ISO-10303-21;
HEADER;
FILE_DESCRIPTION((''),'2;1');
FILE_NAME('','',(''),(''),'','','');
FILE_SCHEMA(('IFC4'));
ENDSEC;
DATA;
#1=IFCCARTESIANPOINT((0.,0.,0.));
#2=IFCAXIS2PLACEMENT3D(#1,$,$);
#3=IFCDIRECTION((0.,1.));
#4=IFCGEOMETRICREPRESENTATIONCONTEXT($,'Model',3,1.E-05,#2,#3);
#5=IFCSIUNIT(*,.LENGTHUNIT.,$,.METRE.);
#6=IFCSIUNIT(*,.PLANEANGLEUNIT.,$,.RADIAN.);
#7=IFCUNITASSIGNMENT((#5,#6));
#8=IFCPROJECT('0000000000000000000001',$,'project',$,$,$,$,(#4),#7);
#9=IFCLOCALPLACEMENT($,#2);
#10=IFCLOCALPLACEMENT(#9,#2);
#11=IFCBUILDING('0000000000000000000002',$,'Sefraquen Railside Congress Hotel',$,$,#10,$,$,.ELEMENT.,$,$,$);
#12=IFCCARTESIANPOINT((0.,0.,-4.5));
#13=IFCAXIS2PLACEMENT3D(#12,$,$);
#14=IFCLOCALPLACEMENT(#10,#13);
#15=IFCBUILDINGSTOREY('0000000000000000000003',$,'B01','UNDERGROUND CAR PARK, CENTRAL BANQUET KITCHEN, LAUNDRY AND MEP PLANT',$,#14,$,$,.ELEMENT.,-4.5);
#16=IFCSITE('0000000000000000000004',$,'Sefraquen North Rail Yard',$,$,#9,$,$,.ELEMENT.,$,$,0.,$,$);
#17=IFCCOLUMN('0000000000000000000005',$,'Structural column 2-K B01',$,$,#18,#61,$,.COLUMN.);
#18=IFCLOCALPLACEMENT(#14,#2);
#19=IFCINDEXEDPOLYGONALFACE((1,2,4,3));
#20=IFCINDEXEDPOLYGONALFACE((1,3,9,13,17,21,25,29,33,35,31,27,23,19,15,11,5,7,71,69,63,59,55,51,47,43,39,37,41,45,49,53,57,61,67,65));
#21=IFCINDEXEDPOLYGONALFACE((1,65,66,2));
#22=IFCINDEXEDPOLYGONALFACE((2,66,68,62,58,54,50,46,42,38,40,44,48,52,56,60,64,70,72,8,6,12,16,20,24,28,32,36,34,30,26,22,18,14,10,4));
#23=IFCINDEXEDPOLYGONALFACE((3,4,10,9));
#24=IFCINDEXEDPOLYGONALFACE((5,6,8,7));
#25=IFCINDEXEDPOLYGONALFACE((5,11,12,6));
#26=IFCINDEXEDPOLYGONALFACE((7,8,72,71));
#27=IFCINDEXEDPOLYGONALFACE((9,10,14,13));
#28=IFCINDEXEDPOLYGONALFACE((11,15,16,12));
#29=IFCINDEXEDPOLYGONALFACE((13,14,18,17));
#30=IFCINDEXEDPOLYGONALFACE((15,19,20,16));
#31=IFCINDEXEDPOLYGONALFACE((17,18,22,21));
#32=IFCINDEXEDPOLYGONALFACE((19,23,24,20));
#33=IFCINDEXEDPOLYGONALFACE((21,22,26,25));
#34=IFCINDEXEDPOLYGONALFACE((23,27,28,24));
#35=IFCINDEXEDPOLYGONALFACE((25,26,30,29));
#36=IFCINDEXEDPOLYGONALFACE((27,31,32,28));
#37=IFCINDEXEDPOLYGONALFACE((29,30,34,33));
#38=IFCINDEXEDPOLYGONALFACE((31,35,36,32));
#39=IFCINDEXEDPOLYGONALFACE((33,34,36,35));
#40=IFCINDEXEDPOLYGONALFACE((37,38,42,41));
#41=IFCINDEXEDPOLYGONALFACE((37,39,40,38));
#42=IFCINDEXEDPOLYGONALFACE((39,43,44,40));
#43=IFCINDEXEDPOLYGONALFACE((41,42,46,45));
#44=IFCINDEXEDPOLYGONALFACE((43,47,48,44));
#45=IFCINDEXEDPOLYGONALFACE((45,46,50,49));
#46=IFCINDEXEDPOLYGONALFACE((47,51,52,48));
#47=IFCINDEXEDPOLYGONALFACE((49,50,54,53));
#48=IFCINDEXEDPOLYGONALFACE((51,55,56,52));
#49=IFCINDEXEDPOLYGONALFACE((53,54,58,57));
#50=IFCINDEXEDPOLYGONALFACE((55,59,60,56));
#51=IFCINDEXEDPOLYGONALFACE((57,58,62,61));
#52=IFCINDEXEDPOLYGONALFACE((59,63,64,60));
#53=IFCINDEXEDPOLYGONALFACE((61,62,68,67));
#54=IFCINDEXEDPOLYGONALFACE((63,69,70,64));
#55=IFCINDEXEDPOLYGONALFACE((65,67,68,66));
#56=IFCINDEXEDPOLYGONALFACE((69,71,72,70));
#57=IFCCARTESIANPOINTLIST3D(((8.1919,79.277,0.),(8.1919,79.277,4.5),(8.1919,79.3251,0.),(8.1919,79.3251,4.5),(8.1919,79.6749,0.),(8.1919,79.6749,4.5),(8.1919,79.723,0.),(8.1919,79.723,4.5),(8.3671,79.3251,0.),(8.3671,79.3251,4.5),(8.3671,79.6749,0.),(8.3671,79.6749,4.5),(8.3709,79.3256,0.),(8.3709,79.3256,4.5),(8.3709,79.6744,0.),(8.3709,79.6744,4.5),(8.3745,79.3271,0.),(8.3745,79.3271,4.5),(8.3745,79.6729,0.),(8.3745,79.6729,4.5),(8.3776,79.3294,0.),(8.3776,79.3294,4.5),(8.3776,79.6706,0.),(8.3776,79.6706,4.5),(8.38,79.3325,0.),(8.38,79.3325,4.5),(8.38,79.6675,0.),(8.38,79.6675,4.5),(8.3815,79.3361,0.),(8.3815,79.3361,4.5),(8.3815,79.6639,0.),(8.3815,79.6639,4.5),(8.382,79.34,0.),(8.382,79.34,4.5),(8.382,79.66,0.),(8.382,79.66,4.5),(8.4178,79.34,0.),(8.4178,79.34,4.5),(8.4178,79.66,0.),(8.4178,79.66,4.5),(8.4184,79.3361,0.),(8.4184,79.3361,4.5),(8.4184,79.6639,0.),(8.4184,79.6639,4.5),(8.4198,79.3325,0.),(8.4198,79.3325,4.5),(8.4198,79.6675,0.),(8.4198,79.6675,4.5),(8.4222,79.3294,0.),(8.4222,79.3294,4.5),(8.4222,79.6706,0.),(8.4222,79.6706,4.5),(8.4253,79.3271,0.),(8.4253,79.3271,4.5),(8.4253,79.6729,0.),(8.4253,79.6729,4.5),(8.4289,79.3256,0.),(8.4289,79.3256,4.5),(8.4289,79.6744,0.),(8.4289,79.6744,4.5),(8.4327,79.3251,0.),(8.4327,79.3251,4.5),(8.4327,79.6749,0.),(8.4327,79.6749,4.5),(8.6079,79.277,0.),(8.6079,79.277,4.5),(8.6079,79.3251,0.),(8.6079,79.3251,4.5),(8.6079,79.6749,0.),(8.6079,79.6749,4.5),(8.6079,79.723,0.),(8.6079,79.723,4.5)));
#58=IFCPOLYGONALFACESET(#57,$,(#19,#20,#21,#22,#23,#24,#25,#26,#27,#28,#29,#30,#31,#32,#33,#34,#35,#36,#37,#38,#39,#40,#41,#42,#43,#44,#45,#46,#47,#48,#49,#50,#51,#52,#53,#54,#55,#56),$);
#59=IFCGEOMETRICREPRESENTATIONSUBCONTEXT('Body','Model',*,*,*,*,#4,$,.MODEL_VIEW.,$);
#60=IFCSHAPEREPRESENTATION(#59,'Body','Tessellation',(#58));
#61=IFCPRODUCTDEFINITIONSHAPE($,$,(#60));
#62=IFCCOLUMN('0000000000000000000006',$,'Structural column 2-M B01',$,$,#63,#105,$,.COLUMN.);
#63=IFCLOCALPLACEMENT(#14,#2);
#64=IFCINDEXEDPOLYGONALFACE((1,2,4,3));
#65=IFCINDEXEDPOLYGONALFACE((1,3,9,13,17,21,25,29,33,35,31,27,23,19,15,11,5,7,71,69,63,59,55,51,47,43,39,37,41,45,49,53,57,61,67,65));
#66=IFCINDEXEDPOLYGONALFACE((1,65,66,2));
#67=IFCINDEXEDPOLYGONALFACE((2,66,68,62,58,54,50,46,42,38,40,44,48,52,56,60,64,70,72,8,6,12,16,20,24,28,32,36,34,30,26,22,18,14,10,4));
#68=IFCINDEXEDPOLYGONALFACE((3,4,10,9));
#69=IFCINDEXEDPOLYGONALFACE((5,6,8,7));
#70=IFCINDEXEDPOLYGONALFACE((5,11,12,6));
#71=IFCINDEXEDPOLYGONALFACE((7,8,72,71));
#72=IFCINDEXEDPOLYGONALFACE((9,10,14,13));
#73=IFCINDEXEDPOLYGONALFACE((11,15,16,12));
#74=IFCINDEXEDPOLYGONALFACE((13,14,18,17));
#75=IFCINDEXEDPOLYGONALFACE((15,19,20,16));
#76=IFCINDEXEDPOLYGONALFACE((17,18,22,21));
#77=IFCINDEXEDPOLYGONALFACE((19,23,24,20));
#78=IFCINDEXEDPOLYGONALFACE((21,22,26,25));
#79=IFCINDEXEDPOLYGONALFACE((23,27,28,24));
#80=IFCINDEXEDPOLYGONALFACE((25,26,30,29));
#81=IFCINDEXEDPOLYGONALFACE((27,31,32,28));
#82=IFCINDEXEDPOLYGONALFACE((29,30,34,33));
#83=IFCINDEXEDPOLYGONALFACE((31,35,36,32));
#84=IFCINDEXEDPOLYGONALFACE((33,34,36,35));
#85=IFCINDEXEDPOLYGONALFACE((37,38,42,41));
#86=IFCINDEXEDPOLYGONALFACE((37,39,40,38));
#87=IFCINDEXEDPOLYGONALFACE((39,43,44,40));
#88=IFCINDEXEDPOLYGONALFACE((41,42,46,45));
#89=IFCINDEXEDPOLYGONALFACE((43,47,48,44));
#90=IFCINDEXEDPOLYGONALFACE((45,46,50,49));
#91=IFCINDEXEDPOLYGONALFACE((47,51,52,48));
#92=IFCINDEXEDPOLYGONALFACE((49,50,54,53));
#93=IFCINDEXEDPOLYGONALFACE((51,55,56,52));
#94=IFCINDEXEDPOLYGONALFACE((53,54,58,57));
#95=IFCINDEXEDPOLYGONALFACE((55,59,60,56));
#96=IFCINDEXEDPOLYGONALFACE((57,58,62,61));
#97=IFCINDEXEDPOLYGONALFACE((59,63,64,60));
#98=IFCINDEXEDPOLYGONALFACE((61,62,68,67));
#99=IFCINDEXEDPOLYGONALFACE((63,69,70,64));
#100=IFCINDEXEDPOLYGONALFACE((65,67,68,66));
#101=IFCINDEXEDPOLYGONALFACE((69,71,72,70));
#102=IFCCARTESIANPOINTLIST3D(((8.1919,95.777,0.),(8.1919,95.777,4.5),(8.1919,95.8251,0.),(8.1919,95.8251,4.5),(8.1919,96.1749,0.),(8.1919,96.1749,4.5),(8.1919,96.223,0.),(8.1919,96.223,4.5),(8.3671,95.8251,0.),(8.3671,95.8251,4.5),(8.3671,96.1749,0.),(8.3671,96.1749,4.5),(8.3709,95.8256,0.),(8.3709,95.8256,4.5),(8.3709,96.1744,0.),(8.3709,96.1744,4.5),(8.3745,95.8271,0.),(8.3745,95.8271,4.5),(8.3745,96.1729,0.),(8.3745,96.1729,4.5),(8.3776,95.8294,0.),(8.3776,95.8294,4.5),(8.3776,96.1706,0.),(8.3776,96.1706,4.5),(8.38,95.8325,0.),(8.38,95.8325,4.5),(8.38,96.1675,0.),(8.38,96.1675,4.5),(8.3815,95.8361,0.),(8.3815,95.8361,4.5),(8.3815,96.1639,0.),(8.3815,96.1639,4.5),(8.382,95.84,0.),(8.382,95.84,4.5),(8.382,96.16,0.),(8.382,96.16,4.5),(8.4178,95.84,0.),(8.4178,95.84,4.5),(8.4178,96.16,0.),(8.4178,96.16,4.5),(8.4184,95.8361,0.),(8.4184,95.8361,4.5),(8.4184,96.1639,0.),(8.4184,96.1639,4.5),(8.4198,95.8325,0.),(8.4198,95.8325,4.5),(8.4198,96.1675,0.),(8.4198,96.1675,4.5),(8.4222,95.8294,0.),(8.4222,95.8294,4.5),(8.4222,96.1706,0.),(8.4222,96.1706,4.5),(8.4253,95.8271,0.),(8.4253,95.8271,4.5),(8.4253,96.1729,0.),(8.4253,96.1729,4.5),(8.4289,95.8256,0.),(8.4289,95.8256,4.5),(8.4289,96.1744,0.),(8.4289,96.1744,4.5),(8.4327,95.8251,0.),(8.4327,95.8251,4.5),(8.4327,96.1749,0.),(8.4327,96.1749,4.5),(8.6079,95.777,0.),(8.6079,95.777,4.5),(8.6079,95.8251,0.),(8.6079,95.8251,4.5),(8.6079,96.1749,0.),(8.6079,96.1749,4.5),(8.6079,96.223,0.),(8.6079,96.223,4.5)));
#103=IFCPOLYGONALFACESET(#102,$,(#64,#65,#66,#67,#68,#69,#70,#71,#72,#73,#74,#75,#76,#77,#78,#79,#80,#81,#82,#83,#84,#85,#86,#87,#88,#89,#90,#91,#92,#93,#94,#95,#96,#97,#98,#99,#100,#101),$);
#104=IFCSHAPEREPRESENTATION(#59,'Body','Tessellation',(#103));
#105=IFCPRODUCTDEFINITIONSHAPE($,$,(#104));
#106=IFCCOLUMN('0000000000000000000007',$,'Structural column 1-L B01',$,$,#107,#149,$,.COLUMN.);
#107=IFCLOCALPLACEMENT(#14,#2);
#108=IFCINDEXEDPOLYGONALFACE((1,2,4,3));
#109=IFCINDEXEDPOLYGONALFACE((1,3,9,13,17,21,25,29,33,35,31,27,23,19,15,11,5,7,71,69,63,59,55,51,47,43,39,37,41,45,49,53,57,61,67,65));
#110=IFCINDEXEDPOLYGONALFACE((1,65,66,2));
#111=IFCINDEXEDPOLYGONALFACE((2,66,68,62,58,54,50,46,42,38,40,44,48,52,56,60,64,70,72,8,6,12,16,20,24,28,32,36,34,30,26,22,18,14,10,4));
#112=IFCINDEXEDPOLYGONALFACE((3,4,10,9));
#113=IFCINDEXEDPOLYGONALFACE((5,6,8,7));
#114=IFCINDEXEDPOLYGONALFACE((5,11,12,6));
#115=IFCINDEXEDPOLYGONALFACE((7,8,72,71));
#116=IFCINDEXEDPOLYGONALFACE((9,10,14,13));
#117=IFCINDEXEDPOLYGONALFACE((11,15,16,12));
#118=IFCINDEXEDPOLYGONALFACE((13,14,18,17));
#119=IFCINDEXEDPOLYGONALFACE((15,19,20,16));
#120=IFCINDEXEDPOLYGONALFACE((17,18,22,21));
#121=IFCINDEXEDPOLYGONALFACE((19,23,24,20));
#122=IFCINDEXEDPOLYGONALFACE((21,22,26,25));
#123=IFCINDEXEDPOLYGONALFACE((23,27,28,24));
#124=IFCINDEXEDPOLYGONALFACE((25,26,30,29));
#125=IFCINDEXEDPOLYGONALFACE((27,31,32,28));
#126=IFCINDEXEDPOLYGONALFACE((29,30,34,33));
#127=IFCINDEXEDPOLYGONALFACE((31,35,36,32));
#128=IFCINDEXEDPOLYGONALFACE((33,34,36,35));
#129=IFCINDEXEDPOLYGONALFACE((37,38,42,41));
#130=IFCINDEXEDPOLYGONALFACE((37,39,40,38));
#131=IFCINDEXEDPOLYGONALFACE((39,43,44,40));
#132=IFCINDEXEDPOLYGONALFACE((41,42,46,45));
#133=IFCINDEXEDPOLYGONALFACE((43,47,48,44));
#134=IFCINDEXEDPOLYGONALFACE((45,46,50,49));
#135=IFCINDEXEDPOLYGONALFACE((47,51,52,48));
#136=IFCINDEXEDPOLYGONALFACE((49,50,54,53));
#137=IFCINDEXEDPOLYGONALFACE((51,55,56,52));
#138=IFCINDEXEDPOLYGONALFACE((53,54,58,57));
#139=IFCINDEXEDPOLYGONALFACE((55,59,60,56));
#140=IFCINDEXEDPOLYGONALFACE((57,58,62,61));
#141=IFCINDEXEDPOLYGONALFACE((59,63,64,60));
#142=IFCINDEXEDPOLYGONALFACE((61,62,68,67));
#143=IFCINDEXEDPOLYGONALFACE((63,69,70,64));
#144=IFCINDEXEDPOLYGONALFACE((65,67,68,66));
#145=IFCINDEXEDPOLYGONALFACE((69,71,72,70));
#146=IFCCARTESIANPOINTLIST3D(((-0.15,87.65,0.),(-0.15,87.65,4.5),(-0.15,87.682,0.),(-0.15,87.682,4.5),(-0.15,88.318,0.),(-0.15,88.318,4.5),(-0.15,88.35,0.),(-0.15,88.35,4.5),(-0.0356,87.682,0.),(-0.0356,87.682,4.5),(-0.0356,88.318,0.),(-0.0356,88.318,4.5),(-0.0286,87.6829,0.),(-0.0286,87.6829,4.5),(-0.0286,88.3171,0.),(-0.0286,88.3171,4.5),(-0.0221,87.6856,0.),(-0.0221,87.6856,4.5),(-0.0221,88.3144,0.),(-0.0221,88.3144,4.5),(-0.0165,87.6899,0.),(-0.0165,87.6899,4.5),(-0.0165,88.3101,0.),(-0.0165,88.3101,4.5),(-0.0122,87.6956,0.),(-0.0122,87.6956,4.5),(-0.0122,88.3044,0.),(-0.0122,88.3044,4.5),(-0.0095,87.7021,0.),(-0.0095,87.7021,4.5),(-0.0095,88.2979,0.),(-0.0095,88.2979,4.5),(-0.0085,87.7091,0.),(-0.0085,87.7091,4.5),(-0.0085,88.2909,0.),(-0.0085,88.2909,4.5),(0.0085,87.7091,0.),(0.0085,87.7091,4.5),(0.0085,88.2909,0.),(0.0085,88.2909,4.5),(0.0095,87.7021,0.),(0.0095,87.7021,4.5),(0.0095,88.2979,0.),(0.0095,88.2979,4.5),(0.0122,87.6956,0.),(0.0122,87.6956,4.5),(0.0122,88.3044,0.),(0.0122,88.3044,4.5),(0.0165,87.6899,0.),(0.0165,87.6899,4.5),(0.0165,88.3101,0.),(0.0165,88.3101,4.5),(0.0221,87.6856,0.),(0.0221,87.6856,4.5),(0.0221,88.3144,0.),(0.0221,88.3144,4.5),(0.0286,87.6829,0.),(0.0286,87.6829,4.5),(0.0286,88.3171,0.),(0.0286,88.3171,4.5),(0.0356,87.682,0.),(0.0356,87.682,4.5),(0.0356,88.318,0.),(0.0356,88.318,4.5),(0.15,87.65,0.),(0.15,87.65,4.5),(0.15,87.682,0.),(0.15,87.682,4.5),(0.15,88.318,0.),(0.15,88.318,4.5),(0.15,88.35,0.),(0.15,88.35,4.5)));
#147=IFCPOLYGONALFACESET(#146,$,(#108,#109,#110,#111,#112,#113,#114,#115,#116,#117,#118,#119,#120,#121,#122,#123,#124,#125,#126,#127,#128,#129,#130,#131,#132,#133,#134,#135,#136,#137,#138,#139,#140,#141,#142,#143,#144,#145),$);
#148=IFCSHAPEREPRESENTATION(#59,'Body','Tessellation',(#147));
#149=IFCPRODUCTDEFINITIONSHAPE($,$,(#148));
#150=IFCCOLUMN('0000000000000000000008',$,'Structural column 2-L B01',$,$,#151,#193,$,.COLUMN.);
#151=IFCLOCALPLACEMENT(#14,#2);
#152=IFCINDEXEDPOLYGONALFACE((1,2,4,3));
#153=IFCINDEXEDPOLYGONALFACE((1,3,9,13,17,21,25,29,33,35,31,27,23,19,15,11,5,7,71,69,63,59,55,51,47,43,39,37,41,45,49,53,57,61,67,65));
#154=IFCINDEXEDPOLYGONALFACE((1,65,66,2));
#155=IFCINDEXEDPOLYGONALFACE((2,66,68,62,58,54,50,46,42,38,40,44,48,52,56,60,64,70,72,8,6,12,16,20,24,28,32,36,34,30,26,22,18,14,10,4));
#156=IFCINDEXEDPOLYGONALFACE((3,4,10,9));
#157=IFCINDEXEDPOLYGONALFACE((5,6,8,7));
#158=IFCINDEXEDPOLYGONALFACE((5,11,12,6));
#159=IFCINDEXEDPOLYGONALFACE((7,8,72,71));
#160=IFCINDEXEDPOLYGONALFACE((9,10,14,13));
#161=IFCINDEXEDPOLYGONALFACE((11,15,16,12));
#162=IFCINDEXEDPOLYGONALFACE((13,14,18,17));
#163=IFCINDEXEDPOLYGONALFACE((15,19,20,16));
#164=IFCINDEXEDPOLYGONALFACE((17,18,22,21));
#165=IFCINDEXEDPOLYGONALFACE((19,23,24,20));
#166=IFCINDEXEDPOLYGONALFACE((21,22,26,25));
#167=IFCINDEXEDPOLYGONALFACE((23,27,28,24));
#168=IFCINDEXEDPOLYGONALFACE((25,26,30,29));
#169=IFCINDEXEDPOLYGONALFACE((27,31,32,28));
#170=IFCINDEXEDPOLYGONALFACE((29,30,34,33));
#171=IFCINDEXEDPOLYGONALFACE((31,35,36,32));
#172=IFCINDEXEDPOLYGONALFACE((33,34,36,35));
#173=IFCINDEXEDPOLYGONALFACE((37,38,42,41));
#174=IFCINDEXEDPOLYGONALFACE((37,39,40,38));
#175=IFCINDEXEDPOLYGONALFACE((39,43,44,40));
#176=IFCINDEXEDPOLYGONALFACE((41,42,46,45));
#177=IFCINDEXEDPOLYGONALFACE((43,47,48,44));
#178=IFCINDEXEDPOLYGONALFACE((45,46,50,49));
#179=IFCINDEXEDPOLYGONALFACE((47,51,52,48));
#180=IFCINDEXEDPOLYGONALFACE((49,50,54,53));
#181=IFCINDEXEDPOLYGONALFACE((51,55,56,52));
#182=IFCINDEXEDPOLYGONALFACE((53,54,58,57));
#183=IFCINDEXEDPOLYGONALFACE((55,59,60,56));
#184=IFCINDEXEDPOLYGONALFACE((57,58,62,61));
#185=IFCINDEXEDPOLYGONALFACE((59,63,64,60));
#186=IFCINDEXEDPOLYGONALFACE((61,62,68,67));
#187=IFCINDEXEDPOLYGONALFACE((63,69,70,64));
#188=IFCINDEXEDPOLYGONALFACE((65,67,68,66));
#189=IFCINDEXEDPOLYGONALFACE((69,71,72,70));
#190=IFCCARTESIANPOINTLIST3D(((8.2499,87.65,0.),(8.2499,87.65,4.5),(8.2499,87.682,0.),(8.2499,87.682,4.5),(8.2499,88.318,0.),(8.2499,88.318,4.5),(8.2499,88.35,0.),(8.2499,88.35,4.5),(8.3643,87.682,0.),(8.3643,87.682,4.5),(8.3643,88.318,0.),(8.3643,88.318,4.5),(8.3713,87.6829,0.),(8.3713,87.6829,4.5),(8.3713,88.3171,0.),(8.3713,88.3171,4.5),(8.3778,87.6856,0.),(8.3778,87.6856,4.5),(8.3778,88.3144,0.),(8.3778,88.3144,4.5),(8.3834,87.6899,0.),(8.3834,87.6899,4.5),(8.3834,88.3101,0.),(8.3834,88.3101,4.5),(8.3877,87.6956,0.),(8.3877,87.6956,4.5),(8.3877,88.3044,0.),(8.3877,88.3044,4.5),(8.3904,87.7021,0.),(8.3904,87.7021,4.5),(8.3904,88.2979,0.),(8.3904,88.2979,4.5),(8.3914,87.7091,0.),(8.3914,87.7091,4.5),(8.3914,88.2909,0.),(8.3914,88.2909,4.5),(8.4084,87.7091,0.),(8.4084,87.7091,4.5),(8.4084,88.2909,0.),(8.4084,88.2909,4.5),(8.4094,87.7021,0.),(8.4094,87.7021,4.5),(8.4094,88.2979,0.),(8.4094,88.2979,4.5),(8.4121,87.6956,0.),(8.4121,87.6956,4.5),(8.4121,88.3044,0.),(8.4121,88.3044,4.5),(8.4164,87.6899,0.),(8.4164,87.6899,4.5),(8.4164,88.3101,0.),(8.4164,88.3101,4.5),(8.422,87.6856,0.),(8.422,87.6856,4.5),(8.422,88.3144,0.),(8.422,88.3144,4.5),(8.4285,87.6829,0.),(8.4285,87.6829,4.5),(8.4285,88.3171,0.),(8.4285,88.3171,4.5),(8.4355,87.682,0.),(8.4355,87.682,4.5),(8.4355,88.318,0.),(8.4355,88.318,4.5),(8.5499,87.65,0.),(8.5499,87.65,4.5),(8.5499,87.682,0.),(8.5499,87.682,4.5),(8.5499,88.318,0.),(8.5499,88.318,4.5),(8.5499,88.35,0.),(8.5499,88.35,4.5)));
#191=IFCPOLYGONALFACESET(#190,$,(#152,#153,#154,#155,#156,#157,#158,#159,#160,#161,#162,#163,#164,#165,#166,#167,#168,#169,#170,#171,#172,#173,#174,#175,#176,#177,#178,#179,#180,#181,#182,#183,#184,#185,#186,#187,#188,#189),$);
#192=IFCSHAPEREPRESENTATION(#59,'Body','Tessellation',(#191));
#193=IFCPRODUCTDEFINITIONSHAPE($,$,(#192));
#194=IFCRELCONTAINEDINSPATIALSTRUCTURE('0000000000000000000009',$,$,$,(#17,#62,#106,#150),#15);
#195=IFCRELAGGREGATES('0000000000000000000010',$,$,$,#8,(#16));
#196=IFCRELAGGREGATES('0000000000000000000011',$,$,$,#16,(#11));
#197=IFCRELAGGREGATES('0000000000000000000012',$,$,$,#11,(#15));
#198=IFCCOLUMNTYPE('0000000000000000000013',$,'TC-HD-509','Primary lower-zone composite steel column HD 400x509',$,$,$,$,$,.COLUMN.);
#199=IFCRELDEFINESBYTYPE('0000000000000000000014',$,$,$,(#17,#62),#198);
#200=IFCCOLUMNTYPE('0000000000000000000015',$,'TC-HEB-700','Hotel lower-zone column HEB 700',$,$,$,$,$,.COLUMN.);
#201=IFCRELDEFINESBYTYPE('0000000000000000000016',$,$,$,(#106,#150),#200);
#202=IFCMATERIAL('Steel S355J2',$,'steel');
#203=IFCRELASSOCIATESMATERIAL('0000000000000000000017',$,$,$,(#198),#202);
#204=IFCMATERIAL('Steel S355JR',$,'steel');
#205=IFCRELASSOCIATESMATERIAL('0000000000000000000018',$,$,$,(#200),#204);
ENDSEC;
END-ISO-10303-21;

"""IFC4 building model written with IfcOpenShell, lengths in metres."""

from ifc_helpers import new_model, si_unit, direction, frame, origin, origin_2d, place, context, subcontext, project, spatial, i_section, extrude, material, material_profile, profile_set, type_object, element, save


model = new_model("IFC4")

# Units and contexts
model_context = context("Model", 3, precision=1e-05, world=origin(), true_north=direction((0.0, 1.0)))
body_context = subcontext(model_context, "Body", "Model", "MODEL_VIEW")
ifc_project = project(units=[si_unit("LENGTHUNIT", "METRE"), si_unit("PLANEANGLEUNIT", "RADIAN")], contexts=[model_context])

# Site, building, storey
site_placement = place(None, origin())
site = spatial("IfcSite", under=ifc_project, at=site_placement, Name="Sefraquen North Rail Yard", CompositionType="ELEMENT", RefElevation=0.0)
building_placement = place(site_placement, origin())
building = spatial("IfcBuilding", under=site, at=building_placement, Name="Sefraquen Railside Congress Hotel", CompositionType="ELEMENT")
storey_placement = place(building_placement, frame((0.0, 0.0, -4.5)))
storey = spatial("IfcBuildingStorey", under=building, at=storey_placement, Name="B01", Description="UNDERGROUND CAR PARK, CENTRAL BANQUET KITCHEN, LAUNDRY AND MEP PLANT", CompositionType="ELEMENT", Elevation=-4.5)

# Columns
ifc_material_1 = material(Name="Steel S355J2", Category="steel")
ifc_material_profile_1 = material_profile(ifc_material_1, i_section(OverallWidth=0.416, OverallDepth=0.446, WebThickness=0.0359, FlangeThickness=0.0481, FilletRadius=0.0149, at=origin_2d()), Name="HD 400x509")
ifc_profile_set_1 = profile_set([ifc_material_profile_1], Name="Steel S355J2")
column_type_1 = type_object("IfcColumnType", Name="TC-HD-509", Description="Primary lower-zone composite steel column HD 400x509", PredefinedType="COLUMN", material=ifc_profile_set_1)
for number, where, z_axis, x_axis, name in (
    (1, (8.3999, 79.5, 0.0), (0.0, 0.0, 1.0), (1.0, 0.0, 0.0), "Structural column 2-K B01"),
    (2, (8.3999, 96.0, 0.0), (0.0, 0.0, 1.0), (1.0, 0.0, 0.0), "Structural column 2-M B01"),
):
    element("IfcColumn", number, at=place(storey_placement, frame(where, z_axis=z_axis, x_axis=x_axis)), inside=storey, type_object=column_type_1, Name=name, PredefinedType="COLUMN", context=body_context, shape_type="SweptSolid", body=[
        extrude(i_section(OverallWidth=0.416, OverallDepth=0.446, WebThickness=0.0359, FlangeThickness=0.0481, FilletRadius=0.0149, at=origin_2d()), origin(), (0.0, 0.0, 1.0), 4.5),
    ])
ifc_material_2 = material(Name="Steel S355JR", Category="steel")
ifc_material_profile_2 = material_profile(ifc_material_2, i_section(OverallWidth=0.3, OverallDepth=0.7, WebThickness=0.0171, FlangeThickness=0.032, FilletRadius=0.0271, at=origin_2d()), Name="HEB 700")
ifc_profile_set_2 = profile_set([ifc_material_profile_2], Name="Steel S355JR")
column_type_2 = type_object("IfcColumnType", Name="TC-HEB-700", Description="Hotel lower-zone column HEB 700", PredefinedType="COLUMN", material=ifc_profile_set_2)
for number, where, z_axis, x_axis, name in (
    (3, (0.0, 88.0, 0.0), (0.0, 0.0, 1.0), (1.0, 0.0, 0.0), "Structural column 1-L B01"),
    (4, (8.3999, 88.0, 0.0), (0.0, 0.0, 1.0), (1.0, 0.0, 0.0), "Structural column 2-L B01"),
):
    element("IfcColumn", number, at=place(storey_placement, frame(where, z_axis=z_axis, x_axis=x_axis)), inside=storey, type_object=column_type_2, Name=name, PredefinedType="COLUMN", context=body_context, shape_type="SweptSolid", body=[
        extrude(i_section(OverallWidth=0.3, OverallDepth=0.7, WebThickness=0.0171, FlangeThickness=0.032, FilletRadius=0.0271, at=origin_2d()), origin(), (0.0, 0.0, 1.0), 4.5),
    ])

save(model, "model.ifc")
